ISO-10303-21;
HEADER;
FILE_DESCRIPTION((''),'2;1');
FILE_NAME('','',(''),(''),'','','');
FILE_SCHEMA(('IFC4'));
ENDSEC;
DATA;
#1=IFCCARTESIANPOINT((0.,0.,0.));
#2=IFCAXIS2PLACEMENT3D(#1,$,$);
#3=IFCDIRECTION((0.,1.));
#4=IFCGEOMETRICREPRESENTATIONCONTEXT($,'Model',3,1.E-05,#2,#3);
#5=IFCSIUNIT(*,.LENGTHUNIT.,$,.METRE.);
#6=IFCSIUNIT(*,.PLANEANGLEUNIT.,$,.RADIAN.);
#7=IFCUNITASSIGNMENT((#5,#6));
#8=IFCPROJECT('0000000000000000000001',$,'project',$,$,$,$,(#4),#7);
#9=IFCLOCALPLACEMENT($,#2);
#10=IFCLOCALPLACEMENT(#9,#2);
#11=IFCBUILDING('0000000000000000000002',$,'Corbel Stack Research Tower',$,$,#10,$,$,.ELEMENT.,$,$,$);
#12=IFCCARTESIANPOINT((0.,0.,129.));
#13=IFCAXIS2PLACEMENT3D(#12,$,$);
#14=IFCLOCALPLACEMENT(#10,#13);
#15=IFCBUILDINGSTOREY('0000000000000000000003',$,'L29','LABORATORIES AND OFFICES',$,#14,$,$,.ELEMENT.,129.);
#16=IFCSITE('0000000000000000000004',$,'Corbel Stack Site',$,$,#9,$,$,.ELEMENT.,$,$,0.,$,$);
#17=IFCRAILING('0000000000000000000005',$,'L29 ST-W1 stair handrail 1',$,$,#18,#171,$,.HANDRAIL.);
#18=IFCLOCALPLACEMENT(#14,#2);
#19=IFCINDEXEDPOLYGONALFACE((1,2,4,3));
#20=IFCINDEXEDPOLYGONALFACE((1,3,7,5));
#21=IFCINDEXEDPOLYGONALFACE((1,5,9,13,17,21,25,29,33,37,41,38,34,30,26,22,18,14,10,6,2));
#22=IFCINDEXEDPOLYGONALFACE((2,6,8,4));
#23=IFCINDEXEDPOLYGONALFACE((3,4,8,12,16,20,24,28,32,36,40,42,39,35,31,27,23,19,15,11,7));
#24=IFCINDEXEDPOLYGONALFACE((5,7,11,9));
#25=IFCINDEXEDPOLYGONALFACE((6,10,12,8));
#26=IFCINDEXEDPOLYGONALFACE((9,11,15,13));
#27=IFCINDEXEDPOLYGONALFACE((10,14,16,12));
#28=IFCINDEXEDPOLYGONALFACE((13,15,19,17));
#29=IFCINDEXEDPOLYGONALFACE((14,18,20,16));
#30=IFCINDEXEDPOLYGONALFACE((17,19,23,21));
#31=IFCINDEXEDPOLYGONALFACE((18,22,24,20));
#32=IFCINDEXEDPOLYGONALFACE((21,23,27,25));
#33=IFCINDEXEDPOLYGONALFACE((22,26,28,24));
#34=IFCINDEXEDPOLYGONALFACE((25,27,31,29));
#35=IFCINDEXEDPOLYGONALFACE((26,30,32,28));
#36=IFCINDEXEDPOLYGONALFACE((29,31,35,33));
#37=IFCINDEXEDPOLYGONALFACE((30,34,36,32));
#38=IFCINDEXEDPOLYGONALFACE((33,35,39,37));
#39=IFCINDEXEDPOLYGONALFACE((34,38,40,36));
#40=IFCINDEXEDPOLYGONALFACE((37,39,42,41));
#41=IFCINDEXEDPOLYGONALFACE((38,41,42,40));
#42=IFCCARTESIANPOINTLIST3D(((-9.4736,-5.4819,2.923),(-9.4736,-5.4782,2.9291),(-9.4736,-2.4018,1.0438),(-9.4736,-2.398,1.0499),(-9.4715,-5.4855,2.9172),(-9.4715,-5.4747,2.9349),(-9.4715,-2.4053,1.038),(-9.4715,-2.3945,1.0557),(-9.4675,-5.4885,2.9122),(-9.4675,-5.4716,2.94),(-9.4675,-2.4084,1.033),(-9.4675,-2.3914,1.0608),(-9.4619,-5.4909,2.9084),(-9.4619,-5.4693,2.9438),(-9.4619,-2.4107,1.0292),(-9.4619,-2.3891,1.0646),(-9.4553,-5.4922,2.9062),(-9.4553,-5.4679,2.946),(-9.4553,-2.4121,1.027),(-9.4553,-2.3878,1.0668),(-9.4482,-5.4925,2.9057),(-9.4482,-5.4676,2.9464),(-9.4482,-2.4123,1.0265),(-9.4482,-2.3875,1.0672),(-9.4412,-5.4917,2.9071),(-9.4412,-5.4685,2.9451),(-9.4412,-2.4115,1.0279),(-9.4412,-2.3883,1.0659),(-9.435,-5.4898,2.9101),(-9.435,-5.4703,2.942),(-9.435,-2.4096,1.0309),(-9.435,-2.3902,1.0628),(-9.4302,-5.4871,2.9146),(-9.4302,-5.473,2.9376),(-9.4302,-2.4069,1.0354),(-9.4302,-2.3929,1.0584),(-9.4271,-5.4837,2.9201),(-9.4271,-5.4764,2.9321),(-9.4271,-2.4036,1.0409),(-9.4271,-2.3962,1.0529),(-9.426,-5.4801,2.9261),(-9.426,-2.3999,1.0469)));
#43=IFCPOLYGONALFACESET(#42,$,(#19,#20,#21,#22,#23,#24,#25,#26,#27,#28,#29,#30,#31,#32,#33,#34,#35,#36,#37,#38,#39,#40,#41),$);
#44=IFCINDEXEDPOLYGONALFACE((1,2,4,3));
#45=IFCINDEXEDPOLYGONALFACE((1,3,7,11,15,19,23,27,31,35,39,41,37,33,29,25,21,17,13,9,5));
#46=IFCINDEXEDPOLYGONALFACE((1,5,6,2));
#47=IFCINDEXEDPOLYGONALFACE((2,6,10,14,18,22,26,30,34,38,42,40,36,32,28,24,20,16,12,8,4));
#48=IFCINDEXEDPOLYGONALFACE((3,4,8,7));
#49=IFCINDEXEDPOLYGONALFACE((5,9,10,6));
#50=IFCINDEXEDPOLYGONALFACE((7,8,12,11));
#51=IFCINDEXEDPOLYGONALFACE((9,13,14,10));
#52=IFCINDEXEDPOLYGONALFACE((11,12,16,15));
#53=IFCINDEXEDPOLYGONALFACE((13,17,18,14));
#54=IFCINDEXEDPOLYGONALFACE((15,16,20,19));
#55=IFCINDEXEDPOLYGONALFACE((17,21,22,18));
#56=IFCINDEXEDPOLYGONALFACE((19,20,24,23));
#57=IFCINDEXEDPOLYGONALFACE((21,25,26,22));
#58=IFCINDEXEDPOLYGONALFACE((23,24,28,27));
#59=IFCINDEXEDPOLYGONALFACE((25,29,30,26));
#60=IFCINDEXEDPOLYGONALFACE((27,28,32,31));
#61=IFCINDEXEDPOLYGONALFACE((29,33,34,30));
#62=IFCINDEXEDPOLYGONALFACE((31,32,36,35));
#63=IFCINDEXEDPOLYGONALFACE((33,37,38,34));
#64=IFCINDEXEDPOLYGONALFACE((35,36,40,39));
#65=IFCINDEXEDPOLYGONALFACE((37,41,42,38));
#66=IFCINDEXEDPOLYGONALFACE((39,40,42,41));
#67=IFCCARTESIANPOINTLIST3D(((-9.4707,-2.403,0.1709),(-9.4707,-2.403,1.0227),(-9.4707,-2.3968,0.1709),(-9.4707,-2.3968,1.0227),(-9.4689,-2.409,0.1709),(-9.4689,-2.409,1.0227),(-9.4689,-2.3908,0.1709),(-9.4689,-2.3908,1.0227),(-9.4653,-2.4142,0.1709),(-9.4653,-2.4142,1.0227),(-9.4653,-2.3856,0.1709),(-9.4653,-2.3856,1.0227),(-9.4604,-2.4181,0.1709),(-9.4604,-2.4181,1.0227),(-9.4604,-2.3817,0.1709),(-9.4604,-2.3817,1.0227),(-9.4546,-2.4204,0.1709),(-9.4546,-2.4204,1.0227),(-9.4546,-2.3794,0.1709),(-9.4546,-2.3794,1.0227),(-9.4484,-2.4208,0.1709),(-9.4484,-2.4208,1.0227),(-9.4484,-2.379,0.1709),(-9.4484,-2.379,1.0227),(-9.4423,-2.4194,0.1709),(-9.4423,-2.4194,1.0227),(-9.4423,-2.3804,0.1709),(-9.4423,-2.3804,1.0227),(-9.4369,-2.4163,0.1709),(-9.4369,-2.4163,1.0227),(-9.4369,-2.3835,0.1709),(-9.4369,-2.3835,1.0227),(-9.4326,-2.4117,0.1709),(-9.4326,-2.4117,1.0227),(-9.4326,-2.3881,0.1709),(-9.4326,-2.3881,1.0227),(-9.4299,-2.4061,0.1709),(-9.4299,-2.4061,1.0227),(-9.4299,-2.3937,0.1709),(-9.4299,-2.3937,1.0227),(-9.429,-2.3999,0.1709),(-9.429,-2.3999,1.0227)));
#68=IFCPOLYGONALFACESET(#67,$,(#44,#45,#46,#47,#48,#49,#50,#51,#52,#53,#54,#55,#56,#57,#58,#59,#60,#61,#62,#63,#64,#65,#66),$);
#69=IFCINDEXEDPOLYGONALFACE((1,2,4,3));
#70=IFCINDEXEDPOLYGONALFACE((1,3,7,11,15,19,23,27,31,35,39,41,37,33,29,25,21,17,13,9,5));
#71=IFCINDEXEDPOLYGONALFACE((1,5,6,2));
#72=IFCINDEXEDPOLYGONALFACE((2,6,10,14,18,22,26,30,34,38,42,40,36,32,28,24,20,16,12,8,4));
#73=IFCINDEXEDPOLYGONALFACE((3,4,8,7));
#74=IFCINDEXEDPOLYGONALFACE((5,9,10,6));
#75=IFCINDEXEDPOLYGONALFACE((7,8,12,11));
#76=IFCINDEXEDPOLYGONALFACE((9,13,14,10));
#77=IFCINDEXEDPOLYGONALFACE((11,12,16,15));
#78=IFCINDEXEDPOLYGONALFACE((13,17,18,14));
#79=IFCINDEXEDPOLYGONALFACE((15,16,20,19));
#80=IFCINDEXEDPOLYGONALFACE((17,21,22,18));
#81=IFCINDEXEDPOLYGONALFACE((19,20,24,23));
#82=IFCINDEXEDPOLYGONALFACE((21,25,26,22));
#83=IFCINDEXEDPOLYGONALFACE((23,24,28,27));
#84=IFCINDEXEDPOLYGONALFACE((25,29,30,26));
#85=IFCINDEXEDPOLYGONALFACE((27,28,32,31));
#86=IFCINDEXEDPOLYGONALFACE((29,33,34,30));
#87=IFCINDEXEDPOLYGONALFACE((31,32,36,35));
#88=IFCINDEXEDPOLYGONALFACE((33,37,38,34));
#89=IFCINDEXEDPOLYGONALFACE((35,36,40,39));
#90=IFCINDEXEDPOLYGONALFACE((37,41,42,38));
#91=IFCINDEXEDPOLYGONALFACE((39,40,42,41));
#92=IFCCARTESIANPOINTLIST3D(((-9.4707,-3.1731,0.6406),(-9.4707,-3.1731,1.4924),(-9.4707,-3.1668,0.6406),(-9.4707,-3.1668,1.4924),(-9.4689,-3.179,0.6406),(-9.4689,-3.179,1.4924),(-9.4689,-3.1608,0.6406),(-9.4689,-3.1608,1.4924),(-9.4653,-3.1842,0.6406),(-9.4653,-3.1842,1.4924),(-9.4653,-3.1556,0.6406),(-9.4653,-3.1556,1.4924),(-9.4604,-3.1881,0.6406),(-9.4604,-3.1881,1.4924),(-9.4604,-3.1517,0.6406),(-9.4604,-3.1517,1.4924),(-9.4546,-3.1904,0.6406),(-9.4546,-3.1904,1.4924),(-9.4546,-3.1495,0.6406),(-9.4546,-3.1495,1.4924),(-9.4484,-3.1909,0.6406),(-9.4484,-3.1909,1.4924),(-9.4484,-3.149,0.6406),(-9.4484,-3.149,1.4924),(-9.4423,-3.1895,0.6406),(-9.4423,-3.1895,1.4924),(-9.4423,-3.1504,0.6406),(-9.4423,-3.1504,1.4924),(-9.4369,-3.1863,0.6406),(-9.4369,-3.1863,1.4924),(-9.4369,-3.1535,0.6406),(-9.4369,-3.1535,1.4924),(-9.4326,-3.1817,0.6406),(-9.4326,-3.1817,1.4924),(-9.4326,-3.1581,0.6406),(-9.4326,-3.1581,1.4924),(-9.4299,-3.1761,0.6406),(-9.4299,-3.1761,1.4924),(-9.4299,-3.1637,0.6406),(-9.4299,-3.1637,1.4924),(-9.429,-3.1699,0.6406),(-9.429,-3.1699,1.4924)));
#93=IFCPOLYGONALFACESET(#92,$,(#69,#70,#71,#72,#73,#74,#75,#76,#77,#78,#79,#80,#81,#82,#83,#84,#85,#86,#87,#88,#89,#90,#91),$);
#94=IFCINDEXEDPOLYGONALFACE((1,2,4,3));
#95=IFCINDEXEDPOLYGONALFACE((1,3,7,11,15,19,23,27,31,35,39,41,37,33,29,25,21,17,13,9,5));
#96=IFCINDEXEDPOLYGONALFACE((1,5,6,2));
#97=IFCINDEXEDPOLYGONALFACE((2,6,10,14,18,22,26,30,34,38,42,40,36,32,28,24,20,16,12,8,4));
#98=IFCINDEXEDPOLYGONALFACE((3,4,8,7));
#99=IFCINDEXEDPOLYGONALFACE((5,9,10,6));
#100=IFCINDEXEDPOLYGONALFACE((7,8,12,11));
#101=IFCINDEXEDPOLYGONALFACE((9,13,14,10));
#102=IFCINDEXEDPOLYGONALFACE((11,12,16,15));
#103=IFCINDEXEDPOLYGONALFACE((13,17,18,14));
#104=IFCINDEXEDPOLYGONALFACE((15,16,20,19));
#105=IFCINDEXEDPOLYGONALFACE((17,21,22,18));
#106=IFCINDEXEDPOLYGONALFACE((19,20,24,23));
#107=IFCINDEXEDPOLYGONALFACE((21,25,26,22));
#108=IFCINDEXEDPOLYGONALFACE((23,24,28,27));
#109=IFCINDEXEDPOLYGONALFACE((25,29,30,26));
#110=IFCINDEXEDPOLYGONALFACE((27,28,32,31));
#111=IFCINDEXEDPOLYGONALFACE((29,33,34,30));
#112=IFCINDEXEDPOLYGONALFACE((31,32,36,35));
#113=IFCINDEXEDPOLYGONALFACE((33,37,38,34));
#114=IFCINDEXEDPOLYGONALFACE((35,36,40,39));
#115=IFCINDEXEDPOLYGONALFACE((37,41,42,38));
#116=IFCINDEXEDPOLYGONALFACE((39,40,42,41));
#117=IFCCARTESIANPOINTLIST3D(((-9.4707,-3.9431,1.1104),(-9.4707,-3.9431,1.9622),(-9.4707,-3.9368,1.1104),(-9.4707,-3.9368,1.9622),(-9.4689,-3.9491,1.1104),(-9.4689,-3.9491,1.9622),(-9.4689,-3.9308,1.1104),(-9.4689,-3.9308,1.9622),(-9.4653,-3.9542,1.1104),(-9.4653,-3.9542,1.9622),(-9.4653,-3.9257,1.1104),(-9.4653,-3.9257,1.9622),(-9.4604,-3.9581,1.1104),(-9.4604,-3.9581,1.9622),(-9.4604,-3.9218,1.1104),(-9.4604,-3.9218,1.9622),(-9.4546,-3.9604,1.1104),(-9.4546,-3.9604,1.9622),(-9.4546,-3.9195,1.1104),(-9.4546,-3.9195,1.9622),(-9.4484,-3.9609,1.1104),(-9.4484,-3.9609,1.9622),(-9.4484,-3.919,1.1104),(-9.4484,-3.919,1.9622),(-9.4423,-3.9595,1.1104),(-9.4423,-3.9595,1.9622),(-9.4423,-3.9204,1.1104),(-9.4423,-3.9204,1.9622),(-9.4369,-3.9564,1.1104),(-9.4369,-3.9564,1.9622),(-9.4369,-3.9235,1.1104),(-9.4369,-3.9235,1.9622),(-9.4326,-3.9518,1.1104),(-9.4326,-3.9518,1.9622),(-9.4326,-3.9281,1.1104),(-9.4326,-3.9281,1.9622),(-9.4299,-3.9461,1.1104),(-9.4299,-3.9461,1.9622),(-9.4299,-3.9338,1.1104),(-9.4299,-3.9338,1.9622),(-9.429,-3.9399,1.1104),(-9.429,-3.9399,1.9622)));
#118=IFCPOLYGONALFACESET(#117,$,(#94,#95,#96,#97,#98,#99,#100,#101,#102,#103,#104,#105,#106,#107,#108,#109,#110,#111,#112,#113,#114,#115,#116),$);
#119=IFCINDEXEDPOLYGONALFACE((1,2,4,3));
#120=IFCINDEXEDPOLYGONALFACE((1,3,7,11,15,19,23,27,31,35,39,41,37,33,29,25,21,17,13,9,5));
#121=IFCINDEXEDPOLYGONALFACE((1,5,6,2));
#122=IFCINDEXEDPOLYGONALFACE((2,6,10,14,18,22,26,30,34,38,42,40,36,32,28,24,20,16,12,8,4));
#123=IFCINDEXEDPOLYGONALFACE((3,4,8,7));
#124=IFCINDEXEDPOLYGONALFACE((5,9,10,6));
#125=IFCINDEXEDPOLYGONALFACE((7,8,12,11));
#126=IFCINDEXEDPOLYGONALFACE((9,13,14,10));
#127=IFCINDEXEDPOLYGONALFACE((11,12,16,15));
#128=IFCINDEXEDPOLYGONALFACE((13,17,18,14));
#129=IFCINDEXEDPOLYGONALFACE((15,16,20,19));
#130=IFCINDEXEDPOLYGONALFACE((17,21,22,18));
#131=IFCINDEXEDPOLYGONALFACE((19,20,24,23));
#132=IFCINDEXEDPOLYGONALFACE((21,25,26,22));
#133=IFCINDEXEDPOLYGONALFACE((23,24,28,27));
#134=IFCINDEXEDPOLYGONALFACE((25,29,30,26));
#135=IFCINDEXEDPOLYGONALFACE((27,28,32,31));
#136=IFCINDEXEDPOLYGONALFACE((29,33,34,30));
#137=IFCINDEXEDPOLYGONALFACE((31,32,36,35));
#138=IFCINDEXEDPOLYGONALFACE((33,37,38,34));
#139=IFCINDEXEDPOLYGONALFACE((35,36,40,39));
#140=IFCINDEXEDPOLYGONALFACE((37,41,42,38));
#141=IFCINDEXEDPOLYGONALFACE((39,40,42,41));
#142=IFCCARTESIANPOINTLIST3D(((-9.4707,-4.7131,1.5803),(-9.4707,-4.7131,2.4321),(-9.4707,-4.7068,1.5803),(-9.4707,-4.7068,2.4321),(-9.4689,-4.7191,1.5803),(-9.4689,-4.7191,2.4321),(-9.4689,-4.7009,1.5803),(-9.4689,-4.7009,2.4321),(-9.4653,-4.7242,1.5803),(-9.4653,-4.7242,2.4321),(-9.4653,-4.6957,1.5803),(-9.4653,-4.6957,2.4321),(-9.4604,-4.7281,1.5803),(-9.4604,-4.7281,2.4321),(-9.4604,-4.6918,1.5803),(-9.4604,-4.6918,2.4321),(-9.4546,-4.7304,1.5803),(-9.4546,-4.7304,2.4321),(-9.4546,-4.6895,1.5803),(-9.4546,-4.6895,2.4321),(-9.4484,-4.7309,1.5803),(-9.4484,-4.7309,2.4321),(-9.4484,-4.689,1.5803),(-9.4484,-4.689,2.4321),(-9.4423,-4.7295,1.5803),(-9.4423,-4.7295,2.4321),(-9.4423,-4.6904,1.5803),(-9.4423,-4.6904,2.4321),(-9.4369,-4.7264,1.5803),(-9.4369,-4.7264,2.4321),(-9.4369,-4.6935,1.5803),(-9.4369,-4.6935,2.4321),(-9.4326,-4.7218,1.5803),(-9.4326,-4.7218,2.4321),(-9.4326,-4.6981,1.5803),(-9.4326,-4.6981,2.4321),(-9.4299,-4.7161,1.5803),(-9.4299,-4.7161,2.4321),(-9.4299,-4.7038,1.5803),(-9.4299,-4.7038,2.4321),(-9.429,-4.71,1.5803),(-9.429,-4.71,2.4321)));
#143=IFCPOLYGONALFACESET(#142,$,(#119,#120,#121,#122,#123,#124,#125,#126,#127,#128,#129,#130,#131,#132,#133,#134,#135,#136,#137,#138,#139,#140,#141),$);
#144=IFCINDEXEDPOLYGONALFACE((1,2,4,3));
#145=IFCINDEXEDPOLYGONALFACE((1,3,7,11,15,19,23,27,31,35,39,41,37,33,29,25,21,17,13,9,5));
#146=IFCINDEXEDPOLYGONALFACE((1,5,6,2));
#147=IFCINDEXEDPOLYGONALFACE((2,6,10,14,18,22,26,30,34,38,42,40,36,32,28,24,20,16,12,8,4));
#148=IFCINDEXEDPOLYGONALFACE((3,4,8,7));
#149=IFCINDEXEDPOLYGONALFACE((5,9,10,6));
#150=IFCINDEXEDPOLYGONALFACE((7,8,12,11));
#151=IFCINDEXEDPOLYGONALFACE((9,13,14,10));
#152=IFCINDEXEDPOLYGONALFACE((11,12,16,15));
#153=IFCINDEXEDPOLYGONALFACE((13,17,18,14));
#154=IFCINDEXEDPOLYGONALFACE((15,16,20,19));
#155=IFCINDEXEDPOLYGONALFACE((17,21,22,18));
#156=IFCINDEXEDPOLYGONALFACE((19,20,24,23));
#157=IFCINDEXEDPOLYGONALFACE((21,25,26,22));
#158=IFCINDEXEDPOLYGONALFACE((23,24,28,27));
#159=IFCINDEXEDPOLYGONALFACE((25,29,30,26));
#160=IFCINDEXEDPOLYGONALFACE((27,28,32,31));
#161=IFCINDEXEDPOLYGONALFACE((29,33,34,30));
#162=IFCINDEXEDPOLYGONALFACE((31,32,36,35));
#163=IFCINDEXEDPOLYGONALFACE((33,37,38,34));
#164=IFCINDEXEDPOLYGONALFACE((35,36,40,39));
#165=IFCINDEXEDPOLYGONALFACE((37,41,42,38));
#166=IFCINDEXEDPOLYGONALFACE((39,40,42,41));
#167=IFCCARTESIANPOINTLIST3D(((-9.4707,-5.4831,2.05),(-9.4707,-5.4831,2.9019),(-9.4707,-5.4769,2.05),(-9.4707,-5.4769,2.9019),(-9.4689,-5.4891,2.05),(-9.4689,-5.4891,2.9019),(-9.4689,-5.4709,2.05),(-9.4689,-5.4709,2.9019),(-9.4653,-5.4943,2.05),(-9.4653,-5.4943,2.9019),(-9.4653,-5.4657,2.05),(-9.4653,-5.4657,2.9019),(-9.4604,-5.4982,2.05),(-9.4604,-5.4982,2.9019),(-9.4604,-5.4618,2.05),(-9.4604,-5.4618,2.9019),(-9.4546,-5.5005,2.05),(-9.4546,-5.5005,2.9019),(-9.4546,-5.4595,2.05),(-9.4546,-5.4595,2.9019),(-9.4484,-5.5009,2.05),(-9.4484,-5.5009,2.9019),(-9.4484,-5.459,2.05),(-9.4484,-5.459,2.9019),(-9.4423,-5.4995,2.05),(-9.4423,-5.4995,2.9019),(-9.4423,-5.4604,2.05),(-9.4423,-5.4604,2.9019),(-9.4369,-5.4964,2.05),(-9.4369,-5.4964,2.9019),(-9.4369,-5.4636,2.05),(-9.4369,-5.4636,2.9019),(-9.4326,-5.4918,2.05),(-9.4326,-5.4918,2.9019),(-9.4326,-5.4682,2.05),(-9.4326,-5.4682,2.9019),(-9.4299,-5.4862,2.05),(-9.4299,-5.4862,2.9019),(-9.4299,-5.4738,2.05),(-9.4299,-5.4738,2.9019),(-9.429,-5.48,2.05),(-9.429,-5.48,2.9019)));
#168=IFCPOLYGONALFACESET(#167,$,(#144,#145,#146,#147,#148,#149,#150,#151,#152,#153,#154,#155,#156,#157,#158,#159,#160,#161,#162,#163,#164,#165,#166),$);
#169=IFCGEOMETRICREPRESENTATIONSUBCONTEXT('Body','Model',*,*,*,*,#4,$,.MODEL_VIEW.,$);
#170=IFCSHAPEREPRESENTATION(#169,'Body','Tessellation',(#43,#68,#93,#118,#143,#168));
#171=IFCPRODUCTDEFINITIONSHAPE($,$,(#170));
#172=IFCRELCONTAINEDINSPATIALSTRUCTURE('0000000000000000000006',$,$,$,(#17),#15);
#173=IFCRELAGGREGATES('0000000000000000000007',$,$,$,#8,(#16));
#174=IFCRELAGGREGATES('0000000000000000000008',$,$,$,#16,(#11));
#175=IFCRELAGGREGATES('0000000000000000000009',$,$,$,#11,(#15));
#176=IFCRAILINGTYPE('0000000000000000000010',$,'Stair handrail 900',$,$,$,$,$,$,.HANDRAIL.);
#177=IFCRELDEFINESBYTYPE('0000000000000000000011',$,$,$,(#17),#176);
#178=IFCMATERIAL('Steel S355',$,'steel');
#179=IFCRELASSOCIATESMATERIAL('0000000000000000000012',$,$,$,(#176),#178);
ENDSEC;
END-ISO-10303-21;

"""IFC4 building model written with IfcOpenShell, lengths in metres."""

from ifc_helpers import new_model, si_unit, direction, frame, origin, origin_2d, place, context, subcontext, project, spatial, circle, extrude, material, type_object, element, save


model = new_model("IFC4")

# Units and contexts
model_context = context("Model", 3, precision=1e-05, world=origin(), true_north=direction((0.0, 1.0)))
body_context = subcontext(model_context, "Body", "Model", "MODEL_VIEW")
ifc_project = project(units=[si_unit("LENGTHUNIT", "METRE"), si_unit("PLANEANGLEUNIT", "RADIAN")], contexts=[model_context])

# Site, building, storey
site_placement = place(None, origin())
site = spatial("IfcSite", under=ifc_project, at=site_placement, Name="Corbel Stack Site", CompositionType="ELEMENT", RefElevation=0.0)
building_placement = place(site_placement, origin())
building = spatial("IfcBuilding", under=site, at=building_placement, Name="Corbel Stack Research Tower", CompositionType="ELEMENT")
storey_placement = place(building_placement, frame((0.0, 0.0, 129.0)))
storey = spatial("IfcBuildingStorey", under=building, at=storey_placement, Name="L29", Description="LABORATORIES AND OFFICES", CompositionType="ELEMENT", Elevation=129.0)

# Railing
ifc_material_1 = material(Name="Steel S355", Category="steel")
railing_type_1 = type_object("IfcRailingType", Name="Stair handrail 900", PredefinedType="HANDRAIL", material=ifc_material_1)
railing_1_placement = place(storey_placement, frame((-9.45, -2.3999, 0.1709)))
element("IfcRailing", 1, at=railing_1_placement, inside=storey, type_object=railing_type_1, Name="L29 ST-W1 stair handrail 1", PredefinedType="HANDRAIL", context=body_context, shape_type="SweptSolid", body=[
    extrude(circle(Radius=0.0239, at=origin_2d()), frame((0.0, 0.0, 0.876), z_axis=(0.0, -0.853666, 0.52082), x_axis=(1.0, 0.0, 0.0)), (0.0, 0.0, 1.0), 3.6082),
    extrude(circle(Radius=0.021, at=origin_2d()), origin(), (0.0, 0.0, 1.0), 0.8518),
    extrude(circle(Radius=0.021, at=origin_2d()), frame((0.0, -0.77, 0.4697)), (0.0, 0.0, 1.0), 0.8518),
    extrude(circle(Radius=0.021, at=origin_2d()), frame((0.0, -1.54, 0.9395)), (0.0, 0.0, 1.0), 0.8518),
    extrude(circle(Radius=0.021, at=origin_2d()), frame((0.0, -2.3101, 1.4094)), (0.0, 0.0, 1.0), 0.8518),
    extrude(circle(Radius=0.021, at=origin_2d()), frame((0.0, -3.0801, 1.8792)), (0.0, 0.0, 1.0), 0.8518),
])

save(model, "model.ifc")
